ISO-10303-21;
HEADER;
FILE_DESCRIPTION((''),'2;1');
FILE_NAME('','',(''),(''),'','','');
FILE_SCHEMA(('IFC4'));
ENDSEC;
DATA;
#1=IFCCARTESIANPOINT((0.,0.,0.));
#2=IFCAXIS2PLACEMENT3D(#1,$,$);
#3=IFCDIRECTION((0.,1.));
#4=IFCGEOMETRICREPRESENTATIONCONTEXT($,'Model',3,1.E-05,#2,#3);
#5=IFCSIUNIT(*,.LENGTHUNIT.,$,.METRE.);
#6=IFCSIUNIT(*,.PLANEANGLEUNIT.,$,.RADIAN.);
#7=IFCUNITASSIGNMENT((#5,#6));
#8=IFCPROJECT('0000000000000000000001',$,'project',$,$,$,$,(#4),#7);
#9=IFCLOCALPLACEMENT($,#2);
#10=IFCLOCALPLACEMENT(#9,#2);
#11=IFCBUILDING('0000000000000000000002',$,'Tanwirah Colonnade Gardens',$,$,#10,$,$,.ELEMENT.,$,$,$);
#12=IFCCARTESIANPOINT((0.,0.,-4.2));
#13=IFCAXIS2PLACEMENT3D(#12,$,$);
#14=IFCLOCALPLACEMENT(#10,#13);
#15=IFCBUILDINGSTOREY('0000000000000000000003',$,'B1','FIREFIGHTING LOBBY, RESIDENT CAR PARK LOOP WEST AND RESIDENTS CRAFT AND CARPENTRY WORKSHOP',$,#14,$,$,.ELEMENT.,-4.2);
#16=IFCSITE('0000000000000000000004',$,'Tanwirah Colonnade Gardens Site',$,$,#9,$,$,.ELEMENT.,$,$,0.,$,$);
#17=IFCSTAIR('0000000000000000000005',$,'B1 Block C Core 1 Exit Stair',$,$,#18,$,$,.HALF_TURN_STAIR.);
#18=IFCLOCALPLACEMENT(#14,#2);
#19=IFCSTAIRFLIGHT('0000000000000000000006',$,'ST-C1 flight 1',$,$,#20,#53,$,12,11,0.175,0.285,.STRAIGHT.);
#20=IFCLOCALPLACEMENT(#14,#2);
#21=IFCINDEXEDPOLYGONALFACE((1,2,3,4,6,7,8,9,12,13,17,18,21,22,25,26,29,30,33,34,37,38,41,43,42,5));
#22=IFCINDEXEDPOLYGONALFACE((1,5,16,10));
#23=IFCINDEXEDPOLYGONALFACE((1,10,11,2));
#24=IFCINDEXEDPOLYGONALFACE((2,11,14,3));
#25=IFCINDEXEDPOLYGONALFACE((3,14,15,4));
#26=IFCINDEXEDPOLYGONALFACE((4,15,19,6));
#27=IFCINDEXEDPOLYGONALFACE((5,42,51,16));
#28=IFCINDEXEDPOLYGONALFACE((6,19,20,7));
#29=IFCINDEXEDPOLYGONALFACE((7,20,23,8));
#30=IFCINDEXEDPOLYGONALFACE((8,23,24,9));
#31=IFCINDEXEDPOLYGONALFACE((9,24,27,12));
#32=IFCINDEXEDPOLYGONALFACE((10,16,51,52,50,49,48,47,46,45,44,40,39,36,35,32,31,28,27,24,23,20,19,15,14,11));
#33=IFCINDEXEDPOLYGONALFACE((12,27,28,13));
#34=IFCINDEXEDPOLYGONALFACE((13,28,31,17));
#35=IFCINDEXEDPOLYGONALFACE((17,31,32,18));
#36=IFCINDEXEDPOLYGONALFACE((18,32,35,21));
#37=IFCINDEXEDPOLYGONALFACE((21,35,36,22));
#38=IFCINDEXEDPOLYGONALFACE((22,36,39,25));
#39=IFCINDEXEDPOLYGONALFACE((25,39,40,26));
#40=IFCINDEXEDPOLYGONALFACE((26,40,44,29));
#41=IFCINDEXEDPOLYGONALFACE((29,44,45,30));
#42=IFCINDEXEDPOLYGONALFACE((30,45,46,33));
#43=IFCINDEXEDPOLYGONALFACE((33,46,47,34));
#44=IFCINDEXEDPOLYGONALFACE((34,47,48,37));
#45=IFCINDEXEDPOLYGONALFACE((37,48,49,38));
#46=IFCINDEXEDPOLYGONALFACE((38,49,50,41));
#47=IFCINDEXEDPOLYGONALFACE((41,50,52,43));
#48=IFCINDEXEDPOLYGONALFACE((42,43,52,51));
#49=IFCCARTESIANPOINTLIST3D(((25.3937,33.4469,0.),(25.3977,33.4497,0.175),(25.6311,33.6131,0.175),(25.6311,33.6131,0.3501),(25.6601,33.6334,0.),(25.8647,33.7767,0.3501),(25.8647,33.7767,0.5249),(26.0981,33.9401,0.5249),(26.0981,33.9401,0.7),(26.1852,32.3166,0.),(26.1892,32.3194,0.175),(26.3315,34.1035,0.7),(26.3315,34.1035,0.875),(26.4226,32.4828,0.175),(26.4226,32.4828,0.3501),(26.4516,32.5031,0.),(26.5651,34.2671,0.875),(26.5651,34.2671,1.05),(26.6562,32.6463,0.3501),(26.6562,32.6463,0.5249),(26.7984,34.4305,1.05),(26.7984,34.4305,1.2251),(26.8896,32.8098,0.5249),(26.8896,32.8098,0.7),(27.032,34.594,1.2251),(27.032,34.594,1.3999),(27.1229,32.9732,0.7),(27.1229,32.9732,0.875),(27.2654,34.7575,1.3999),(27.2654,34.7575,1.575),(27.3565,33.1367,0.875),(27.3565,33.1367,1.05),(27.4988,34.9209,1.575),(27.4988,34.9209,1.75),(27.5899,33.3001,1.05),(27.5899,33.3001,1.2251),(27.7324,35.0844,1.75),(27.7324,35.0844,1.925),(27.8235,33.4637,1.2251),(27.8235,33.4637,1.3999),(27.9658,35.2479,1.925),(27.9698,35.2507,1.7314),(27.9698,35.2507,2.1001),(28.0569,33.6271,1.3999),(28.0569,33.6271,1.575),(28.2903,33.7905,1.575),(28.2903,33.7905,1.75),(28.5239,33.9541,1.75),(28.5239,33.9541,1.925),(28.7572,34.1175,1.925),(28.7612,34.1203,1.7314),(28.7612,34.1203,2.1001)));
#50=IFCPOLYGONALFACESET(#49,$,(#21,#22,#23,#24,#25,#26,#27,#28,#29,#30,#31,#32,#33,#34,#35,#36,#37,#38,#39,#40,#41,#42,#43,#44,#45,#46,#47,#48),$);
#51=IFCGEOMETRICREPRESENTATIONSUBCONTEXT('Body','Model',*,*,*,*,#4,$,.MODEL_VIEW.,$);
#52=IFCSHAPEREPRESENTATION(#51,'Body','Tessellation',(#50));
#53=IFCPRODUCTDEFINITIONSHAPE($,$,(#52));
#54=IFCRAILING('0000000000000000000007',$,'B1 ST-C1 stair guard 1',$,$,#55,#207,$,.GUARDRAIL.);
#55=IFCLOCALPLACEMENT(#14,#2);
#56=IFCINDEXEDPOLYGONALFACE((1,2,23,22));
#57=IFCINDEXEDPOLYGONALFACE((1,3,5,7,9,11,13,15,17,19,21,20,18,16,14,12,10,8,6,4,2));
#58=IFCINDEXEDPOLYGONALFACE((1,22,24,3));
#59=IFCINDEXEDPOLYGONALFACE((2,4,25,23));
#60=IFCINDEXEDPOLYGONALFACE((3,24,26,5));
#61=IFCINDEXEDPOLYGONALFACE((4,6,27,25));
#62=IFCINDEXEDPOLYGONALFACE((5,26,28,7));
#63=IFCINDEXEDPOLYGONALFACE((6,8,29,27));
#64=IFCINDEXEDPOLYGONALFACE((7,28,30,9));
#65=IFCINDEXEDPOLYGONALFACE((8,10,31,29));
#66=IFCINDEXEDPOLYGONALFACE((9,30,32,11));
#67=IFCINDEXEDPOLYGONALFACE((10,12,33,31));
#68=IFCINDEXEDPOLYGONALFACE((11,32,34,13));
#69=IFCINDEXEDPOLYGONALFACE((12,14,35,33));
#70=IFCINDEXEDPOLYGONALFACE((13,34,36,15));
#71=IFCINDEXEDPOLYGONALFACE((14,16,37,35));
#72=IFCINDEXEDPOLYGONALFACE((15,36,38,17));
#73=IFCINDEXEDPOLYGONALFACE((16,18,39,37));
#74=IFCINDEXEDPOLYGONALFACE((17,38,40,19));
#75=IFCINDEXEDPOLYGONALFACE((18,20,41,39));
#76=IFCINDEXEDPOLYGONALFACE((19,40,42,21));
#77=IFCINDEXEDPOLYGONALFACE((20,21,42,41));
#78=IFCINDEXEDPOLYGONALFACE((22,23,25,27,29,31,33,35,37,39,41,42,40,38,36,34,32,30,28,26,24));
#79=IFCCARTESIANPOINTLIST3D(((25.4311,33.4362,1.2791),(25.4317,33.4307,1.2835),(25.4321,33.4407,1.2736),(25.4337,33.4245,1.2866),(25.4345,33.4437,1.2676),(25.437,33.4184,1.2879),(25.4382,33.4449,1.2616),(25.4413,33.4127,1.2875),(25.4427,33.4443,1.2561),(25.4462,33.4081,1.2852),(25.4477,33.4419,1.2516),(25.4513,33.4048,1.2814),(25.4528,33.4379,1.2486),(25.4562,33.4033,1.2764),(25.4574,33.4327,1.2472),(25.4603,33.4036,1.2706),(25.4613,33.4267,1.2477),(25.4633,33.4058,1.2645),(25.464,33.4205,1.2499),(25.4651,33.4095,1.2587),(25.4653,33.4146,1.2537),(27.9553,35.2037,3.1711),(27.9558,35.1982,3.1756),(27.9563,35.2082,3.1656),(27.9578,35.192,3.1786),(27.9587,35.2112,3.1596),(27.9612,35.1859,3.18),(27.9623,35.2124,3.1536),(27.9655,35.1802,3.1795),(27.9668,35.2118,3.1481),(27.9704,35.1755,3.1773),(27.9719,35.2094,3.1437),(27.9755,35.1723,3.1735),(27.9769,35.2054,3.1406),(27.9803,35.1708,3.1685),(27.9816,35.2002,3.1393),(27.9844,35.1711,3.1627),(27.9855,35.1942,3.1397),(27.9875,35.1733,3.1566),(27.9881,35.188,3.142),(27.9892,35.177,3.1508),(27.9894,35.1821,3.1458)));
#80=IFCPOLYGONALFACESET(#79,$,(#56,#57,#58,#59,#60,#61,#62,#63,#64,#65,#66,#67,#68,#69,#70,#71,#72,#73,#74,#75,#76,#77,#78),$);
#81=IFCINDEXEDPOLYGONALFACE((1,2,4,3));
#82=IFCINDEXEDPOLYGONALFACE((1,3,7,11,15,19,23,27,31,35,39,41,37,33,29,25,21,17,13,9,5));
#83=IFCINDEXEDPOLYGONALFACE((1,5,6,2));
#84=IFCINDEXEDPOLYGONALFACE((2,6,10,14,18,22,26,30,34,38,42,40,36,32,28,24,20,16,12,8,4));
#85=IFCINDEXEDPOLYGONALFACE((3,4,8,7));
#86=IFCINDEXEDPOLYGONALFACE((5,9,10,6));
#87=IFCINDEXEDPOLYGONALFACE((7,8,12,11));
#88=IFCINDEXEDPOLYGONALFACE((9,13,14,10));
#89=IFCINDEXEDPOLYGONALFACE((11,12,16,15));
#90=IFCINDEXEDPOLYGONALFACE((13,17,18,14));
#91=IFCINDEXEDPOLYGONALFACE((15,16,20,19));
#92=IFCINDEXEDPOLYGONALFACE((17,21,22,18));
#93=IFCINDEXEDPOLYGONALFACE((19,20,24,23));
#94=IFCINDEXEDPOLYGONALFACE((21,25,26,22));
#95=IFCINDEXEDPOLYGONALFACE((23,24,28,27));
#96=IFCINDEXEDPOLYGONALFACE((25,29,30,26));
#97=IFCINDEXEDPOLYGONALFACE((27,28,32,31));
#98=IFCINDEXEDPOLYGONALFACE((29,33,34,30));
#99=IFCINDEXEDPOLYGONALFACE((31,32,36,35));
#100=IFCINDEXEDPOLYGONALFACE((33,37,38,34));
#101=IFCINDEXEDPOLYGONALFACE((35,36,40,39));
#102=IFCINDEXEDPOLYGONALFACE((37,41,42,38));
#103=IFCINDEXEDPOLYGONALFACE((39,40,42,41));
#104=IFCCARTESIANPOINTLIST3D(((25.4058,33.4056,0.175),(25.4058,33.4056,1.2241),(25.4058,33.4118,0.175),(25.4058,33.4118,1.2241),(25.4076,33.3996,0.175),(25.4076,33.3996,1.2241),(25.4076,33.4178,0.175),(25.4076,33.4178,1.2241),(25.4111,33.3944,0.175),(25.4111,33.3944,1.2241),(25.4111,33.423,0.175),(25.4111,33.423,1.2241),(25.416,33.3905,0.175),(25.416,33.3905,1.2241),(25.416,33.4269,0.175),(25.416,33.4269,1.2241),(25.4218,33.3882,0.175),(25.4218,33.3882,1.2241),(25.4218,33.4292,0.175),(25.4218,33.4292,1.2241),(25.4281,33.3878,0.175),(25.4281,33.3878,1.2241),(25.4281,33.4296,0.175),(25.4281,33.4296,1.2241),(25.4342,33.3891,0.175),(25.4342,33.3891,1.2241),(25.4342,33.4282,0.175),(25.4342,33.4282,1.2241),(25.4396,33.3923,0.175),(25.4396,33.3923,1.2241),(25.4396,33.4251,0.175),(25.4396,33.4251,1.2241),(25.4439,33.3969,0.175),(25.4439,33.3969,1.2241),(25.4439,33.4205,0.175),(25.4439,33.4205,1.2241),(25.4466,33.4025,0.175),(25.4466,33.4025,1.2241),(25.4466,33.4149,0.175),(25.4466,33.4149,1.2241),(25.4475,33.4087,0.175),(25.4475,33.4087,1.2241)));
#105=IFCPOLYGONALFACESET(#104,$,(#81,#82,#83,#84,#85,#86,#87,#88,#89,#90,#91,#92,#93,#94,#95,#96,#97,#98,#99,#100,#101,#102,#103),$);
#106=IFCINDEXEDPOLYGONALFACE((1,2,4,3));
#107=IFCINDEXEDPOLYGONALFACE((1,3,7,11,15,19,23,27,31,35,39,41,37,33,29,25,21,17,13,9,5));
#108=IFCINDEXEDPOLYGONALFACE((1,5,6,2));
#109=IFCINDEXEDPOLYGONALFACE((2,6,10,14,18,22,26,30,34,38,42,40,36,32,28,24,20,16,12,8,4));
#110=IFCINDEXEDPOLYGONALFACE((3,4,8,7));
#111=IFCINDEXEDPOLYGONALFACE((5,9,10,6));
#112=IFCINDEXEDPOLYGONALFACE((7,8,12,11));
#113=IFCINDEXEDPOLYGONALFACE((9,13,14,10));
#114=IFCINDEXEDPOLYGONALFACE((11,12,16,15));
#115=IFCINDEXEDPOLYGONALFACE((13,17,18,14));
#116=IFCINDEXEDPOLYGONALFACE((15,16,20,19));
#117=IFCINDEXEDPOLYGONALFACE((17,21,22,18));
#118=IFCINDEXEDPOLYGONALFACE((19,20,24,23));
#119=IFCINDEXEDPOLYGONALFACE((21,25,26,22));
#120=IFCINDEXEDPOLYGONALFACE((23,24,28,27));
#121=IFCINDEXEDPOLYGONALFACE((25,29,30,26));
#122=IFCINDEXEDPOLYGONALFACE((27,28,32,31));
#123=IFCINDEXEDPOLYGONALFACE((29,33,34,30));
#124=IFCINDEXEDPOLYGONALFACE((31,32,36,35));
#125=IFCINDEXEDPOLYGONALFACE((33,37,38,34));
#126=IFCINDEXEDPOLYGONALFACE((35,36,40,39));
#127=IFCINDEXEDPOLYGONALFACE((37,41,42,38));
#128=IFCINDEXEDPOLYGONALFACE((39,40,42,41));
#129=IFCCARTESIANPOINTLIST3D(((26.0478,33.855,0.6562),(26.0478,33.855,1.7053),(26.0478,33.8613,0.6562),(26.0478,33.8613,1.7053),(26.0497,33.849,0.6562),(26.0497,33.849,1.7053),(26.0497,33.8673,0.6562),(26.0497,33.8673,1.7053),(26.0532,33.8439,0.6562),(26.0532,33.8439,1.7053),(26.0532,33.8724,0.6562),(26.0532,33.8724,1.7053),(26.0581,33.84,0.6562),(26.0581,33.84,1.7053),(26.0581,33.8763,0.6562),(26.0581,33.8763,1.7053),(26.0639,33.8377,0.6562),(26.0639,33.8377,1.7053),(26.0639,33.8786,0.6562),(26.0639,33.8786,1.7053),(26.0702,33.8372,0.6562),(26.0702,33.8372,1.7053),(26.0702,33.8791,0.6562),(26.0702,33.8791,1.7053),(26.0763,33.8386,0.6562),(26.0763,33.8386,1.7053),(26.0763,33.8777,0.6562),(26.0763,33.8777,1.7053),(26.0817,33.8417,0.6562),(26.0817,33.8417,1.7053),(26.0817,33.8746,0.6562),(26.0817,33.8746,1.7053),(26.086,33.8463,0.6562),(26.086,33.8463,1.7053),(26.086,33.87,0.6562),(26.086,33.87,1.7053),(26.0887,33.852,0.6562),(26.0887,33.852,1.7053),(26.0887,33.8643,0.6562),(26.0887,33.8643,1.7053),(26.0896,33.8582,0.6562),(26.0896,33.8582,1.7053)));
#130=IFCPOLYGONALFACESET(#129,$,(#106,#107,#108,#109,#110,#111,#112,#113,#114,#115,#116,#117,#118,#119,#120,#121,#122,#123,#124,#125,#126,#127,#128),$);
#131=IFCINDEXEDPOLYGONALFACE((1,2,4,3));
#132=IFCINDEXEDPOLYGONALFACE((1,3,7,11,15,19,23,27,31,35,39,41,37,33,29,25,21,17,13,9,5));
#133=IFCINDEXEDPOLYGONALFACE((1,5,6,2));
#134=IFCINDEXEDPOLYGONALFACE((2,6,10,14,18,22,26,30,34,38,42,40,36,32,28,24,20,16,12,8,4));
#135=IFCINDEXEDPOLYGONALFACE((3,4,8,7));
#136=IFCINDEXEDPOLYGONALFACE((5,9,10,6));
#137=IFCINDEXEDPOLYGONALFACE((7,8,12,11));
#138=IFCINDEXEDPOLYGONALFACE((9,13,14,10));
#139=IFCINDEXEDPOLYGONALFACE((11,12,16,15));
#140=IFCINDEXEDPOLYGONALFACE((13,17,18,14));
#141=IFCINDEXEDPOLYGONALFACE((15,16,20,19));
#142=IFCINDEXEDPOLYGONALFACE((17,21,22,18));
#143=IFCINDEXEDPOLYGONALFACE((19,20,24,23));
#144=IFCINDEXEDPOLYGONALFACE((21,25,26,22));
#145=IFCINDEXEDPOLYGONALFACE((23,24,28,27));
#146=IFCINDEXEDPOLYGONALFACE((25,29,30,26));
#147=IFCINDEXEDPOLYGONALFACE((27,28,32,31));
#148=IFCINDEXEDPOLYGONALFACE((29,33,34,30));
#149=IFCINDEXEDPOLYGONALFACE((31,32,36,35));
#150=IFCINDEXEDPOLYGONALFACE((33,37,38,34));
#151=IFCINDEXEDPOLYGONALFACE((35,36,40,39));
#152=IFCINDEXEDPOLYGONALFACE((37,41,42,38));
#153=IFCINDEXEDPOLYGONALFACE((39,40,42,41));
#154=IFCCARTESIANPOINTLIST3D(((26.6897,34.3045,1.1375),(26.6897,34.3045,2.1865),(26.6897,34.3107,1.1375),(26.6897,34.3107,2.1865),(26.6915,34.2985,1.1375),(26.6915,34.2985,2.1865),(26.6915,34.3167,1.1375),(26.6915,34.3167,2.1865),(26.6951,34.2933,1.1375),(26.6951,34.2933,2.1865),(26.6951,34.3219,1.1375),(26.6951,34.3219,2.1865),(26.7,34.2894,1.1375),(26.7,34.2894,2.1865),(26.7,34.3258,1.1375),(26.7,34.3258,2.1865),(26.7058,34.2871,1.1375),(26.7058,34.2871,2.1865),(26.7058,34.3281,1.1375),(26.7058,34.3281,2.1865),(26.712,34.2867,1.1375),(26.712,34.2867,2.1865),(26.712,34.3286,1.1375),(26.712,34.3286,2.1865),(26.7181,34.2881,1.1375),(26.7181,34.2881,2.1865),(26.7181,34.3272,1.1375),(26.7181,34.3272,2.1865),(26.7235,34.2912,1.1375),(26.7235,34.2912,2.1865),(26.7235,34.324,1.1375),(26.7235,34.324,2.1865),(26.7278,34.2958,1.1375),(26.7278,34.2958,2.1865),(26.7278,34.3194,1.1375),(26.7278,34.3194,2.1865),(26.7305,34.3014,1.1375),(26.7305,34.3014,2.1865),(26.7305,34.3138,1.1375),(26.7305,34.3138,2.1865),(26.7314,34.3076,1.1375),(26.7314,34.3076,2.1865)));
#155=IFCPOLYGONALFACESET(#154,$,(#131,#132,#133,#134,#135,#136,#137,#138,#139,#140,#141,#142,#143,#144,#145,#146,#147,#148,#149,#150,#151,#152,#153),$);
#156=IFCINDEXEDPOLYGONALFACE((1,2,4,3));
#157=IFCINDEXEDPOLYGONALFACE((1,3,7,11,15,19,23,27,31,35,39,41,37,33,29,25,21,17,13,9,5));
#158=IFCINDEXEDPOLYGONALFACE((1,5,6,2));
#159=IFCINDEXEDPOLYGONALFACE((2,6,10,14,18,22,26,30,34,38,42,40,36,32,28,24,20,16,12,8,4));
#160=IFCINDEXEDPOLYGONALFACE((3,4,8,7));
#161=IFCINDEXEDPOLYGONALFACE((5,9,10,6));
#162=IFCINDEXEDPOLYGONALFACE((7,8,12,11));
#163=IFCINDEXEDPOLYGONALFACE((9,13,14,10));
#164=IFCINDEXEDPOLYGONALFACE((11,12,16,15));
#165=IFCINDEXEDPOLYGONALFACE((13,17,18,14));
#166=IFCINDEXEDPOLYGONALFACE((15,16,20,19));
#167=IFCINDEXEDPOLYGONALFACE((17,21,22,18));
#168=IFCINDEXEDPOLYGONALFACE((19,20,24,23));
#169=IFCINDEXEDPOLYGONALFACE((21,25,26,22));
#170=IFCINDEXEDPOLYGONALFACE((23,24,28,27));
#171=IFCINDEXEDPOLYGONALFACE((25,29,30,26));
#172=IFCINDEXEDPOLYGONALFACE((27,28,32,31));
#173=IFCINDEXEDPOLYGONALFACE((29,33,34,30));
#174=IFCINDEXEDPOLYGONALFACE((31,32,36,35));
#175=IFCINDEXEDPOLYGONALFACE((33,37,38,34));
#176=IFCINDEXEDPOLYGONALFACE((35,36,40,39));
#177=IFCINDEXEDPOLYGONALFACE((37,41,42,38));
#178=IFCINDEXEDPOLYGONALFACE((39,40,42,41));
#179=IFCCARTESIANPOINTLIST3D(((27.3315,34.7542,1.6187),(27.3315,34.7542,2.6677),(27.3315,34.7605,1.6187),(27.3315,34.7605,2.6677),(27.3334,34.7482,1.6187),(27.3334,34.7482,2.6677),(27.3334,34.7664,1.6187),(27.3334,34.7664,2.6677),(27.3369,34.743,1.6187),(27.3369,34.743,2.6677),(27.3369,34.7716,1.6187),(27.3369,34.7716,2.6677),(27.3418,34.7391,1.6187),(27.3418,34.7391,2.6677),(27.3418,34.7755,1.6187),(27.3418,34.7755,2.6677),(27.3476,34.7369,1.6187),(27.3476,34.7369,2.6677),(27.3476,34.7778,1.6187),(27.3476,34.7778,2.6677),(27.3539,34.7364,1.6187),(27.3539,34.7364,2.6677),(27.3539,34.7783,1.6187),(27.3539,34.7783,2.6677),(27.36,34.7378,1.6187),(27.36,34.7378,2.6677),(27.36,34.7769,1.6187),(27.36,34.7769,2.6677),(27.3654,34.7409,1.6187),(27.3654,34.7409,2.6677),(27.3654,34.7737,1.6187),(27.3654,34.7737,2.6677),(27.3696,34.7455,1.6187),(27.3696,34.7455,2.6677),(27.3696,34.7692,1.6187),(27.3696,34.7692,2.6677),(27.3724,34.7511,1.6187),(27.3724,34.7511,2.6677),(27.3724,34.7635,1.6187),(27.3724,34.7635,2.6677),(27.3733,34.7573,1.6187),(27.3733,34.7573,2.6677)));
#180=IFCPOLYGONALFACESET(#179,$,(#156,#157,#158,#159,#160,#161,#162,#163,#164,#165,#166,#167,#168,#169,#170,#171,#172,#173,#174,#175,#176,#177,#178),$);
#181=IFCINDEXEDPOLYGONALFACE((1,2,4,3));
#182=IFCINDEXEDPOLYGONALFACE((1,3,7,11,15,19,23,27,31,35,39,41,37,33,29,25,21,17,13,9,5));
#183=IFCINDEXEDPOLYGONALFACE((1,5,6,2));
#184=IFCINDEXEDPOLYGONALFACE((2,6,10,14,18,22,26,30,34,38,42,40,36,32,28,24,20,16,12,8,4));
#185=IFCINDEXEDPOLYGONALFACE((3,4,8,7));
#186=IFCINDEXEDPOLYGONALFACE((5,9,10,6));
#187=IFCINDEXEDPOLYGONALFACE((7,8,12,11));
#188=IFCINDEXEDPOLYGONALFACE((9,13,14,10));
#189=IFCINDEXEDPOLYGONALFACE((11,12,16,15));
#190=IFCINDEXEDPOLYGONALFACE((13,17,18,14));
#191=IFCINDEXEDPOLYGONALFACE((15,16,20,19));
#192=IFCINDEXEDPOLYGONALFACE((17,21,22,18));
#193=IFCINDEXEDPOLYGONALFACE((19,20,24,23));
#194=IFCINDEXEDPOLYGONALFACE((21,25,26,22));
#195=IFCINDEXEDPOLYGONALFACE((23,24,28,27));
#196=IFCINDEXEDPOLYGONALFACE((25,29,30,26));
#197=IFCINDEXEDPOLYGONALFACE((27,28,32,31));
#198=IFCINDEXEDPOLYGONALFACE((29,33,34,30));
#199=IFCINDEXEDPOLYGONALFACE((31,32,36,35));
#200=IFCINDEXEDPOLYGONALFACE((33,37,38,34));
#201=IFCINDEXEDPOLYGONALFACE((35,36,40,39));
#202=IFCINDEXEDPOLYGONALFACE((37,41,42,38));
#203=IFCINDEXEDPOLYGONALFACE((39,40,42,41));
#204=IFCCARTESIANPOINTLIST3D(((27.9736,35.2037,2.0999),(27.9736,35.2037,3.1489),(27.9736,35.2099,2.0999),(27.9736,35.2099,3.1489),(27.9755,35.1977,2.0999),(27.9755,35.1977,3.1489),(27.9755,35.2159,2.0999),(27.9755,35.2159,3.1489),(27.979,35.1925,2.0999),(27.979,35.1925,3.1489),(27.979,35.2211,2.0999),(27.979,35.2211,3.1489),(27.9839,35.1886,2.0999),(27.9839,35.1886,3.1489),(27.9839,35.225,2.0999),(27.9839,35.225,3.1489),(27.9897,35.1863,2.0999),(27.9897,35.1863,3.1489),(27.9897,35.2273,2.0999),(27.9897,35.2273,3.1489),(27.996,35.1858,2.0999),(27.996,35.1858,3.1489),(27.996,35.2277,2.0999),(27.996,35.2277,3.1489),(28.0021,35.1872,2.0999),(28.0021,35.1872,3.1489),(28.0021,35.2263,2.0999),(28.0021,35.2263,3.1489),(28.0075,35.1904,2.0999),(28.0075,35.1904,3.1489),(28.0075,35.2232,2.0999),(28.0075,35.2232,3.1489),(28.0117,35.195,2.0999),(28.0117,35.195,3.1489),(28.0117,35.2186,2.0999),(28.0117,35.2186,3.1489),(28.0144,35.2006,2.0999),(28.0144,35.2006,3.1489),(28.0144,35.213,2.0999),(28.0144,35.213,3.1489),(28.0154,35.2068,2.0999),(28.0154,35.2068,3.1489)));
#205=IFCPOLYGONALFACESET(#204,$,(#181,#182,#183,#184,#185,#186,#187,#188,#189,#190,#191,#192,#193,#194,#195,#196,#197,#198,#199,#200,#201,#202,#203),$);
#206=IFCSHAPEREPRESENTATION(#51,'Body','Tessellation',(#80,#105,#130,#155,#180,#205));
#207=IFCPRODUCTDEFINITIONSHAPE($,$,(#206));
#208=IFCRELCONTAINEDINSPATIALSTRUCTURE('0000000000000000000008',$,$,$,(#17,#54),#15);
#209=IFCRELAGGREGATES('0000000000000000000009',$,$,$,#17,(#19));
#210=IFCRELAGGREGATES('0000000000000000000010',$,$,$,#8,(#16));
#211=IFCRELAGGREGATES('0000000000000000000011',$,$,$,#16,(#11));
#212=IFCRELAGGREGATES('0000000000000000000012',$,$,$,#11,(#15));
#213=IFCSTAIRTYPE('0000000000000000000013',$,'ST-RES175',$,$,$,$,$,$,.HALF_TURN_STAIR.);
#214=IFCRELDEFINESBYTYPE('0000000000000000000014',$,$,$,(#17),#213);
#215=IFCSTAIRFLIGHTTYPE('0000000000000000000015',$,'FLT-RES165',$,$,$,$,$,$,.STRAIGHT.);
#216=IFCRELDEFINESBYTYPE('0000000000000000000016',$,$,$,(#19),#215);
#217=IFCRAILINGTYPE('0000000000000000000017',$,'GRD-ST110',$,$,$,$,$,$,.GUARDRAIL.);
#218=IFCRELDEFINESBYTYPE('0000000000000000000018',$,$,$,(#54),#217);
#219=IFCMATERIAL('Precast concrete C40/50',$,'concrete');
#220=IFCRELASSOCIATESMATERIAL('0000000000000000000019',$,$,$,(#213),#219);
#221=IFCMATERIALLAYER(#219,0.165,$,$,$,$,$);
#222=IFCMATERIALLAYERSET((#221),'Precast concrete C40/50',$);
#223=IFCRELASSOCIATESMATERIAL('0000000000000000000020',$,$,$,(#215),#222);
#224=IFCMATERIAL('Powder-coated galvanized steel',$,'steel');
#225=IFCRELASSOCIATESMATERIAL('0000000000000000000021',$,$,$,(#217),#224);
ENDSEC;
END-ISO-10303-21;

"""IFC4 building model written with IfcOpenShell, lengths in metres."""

from ifc_helpers import new_model, si_unit, direction, frame, origin, origin_2d, place, context, subcontext, project, spatial, polyline, circle, outline, extrude, material, layer, layer_set, type_object, element, aggregate, save


model = new_model("IFC4")

# Units and contexts
model_context = context("Model", 3, precision=1e-05, world=origin(), true_north=direction((0.0, 1.0)))
body_context = subcontext(model_context, "Body", "Model", "MODEL_VIEW")
ifc_project = project(units=[si_unit("LENGTHUNIT", "METRE"), si_unit("PLANEANGLEUNIT", "RADIAN")], contexts=[model_context])

# Site, building, storey
site_placement = place(None, origin())
site = spatial("IfcSite", under=ifc_project, at=site_placement, Name="Tanwirah Colonnade Gardens Site", CompositionType="ELEMENT", RefElevation=0.0)
building_placement = place(site_placement, origin())
building = spatial("IfcBuilding", under=site, at=building_placement, Name="Tanwirah Colonnade Gardens", CompositionType="ELEMENT")
storey_placement = place(building_placement, frame((0.0, 0.0, -4.2)))
storey = spatial("IfcBuildingStorey", under=building, at=storey_placement, Name="B1", Description="FIREFIGHTING LOBBY, RESIDENT CAR PARK LOOP WEST AND RESIDENTS CRAFT AND CARPENTRY WORKSHOP", CompositionType="ELEMENT", Elevation=-4.2)

# Shared definitions
ifc_material_1 = material(Name="Precast concrete C40/50", Category="concrete")

# Stair, stair flight
stair_type = type_object("IfcStairType", Name="ST-RES175", PredefinedType="HALF_TURN_STAIR", material=ifc_material_1)
stair_placement = place(storey_placement, origin())
stair = element("IfcStair", 1, at=stair_placement, inside=storey, type_object=stair_type, Name="B1 Block C Core 1 Exit Stair", PredefinedType="HALF_TURN_STAIR")
ifc_layer_1 = layer(ifc_material_1, 0.165)
ifc_layer_set_1 = layer_set([ifc_layer_1], Name="Precast concrete C40/50")
stair_flight_type = type_object("IfcStairFlightType", Name="FLT-RES165", PredefinedType="STRAIGHT", material=ifc_layer_set_1)
stair_flight_placement = place(storey_placement, frame((25.7935, 32.8845, 0.0), z_axis=(0.0, 0.0, 1.0), x_axis=(0.819152, 0.573576, 0.0)))
stair_flight = element("IfcStairFlight", 2, at=stair_flight_placement, type_object=stair_flight_type, Name="ST-C1 flight 1", NumberOfRisers=12, NumberOfTreads=11, PredefinedType="STRAIGHT", RiserHeight=0.175, TreadLength=0.285, context=body_context, shape_type="SweptSolid", body=[
    extrude(outline(polyline([(-0.0049, 0.0), (0.0, 0.175), (0.2849, 0.175), (0.2849, 0.3501), (0.5701, 0.3501), (0.5701, 0.5249), (0.855, 0.5249), (0.855, 0.7), (1.1399, 0.7), (1.1399, 0.875), (1.425, 0.875), (1.425, 1.05), (1.71, 1.05), (1.71, 1.2251), (1.9951, 1.2251), (1.9951, 1.3999), (2.28, 1.3999), (2.28, 1.575), (2.5649, 1.575), (2.5649, 1.75), (2.8501, 1.75), (2.8501, 1.925), (3.135, 1.925), (3.1399, 2.1001), (3.1399, 1.7314), (0.3203, 0.0), (-0.0049, 0.0)])), frame((0.0, 0.6899, 0.0), z_axis=(0.0, -1.0, 0.0), x_axis=(1.0, 0.0, 0.0)), (0.0, 0.0, 1.0), 1.3799),
])
aggregate(stair, [stair_flight])

# Railing
ifc_material_2 = material(Name="Powder-coated galvanized steel", Category="steel")
railing_type_1 = type_object("IfcRailingType", Name="GRD-ST110", PredefinedType="GUARDRAIL", material=ifc_material_2)
railing_1_placement = place(storey_placement, frame((25.4265, 33.4087, 0.175)))
element("IfcRailing", 3, at=railing_1_placement, inside=storey, type_object=railing_type_1, Name="B1 ST-C1 stair guard 1", PredefinedType="GUARDRAIL", context=body_context, shape_type="SweptSolid", body=[
    extrude(circle(Radius=0.0239, at=origin_2d()), frame((0.0217, 0.0154, 1.0925), z_axis=(0.69806, 0.488801, 0.523246), x_axis=(-0.573588, 0.819144, 0.0)), (0.0, 0.0, 1.0), 3.616),
    extrude(circle(Radius=0.021, at=origin_2d()), origin(), (0.0, 0.0, 1.0), 1.0491),
    extrude(circle(Radius=0.021, at=origin_2d()), frame((0.6421, 0.4495, 0.4812)), (0.0, 0.0, 1.0), 1.0491),
    extrude(circle(Radius=0.021, at=origin_2d()), frame((1.2839, 0.8989, 0.9624)), (0.0, 0.0, 1.0), 1.0491),
    extrude(circle(Radius=0.021, at=origin_2d()), frame((1.9258, 1.3486, 1.4436)), (0.0, 0.0, 1.0), 1.0491),
    extrude(circle(Radius=0.021, at=origin_2d()), frame((2.5679, 1.7981, 1.9248)), (0.0, 0.0, 1.0), 1.0491),
])

save(model, "model.ifc")
